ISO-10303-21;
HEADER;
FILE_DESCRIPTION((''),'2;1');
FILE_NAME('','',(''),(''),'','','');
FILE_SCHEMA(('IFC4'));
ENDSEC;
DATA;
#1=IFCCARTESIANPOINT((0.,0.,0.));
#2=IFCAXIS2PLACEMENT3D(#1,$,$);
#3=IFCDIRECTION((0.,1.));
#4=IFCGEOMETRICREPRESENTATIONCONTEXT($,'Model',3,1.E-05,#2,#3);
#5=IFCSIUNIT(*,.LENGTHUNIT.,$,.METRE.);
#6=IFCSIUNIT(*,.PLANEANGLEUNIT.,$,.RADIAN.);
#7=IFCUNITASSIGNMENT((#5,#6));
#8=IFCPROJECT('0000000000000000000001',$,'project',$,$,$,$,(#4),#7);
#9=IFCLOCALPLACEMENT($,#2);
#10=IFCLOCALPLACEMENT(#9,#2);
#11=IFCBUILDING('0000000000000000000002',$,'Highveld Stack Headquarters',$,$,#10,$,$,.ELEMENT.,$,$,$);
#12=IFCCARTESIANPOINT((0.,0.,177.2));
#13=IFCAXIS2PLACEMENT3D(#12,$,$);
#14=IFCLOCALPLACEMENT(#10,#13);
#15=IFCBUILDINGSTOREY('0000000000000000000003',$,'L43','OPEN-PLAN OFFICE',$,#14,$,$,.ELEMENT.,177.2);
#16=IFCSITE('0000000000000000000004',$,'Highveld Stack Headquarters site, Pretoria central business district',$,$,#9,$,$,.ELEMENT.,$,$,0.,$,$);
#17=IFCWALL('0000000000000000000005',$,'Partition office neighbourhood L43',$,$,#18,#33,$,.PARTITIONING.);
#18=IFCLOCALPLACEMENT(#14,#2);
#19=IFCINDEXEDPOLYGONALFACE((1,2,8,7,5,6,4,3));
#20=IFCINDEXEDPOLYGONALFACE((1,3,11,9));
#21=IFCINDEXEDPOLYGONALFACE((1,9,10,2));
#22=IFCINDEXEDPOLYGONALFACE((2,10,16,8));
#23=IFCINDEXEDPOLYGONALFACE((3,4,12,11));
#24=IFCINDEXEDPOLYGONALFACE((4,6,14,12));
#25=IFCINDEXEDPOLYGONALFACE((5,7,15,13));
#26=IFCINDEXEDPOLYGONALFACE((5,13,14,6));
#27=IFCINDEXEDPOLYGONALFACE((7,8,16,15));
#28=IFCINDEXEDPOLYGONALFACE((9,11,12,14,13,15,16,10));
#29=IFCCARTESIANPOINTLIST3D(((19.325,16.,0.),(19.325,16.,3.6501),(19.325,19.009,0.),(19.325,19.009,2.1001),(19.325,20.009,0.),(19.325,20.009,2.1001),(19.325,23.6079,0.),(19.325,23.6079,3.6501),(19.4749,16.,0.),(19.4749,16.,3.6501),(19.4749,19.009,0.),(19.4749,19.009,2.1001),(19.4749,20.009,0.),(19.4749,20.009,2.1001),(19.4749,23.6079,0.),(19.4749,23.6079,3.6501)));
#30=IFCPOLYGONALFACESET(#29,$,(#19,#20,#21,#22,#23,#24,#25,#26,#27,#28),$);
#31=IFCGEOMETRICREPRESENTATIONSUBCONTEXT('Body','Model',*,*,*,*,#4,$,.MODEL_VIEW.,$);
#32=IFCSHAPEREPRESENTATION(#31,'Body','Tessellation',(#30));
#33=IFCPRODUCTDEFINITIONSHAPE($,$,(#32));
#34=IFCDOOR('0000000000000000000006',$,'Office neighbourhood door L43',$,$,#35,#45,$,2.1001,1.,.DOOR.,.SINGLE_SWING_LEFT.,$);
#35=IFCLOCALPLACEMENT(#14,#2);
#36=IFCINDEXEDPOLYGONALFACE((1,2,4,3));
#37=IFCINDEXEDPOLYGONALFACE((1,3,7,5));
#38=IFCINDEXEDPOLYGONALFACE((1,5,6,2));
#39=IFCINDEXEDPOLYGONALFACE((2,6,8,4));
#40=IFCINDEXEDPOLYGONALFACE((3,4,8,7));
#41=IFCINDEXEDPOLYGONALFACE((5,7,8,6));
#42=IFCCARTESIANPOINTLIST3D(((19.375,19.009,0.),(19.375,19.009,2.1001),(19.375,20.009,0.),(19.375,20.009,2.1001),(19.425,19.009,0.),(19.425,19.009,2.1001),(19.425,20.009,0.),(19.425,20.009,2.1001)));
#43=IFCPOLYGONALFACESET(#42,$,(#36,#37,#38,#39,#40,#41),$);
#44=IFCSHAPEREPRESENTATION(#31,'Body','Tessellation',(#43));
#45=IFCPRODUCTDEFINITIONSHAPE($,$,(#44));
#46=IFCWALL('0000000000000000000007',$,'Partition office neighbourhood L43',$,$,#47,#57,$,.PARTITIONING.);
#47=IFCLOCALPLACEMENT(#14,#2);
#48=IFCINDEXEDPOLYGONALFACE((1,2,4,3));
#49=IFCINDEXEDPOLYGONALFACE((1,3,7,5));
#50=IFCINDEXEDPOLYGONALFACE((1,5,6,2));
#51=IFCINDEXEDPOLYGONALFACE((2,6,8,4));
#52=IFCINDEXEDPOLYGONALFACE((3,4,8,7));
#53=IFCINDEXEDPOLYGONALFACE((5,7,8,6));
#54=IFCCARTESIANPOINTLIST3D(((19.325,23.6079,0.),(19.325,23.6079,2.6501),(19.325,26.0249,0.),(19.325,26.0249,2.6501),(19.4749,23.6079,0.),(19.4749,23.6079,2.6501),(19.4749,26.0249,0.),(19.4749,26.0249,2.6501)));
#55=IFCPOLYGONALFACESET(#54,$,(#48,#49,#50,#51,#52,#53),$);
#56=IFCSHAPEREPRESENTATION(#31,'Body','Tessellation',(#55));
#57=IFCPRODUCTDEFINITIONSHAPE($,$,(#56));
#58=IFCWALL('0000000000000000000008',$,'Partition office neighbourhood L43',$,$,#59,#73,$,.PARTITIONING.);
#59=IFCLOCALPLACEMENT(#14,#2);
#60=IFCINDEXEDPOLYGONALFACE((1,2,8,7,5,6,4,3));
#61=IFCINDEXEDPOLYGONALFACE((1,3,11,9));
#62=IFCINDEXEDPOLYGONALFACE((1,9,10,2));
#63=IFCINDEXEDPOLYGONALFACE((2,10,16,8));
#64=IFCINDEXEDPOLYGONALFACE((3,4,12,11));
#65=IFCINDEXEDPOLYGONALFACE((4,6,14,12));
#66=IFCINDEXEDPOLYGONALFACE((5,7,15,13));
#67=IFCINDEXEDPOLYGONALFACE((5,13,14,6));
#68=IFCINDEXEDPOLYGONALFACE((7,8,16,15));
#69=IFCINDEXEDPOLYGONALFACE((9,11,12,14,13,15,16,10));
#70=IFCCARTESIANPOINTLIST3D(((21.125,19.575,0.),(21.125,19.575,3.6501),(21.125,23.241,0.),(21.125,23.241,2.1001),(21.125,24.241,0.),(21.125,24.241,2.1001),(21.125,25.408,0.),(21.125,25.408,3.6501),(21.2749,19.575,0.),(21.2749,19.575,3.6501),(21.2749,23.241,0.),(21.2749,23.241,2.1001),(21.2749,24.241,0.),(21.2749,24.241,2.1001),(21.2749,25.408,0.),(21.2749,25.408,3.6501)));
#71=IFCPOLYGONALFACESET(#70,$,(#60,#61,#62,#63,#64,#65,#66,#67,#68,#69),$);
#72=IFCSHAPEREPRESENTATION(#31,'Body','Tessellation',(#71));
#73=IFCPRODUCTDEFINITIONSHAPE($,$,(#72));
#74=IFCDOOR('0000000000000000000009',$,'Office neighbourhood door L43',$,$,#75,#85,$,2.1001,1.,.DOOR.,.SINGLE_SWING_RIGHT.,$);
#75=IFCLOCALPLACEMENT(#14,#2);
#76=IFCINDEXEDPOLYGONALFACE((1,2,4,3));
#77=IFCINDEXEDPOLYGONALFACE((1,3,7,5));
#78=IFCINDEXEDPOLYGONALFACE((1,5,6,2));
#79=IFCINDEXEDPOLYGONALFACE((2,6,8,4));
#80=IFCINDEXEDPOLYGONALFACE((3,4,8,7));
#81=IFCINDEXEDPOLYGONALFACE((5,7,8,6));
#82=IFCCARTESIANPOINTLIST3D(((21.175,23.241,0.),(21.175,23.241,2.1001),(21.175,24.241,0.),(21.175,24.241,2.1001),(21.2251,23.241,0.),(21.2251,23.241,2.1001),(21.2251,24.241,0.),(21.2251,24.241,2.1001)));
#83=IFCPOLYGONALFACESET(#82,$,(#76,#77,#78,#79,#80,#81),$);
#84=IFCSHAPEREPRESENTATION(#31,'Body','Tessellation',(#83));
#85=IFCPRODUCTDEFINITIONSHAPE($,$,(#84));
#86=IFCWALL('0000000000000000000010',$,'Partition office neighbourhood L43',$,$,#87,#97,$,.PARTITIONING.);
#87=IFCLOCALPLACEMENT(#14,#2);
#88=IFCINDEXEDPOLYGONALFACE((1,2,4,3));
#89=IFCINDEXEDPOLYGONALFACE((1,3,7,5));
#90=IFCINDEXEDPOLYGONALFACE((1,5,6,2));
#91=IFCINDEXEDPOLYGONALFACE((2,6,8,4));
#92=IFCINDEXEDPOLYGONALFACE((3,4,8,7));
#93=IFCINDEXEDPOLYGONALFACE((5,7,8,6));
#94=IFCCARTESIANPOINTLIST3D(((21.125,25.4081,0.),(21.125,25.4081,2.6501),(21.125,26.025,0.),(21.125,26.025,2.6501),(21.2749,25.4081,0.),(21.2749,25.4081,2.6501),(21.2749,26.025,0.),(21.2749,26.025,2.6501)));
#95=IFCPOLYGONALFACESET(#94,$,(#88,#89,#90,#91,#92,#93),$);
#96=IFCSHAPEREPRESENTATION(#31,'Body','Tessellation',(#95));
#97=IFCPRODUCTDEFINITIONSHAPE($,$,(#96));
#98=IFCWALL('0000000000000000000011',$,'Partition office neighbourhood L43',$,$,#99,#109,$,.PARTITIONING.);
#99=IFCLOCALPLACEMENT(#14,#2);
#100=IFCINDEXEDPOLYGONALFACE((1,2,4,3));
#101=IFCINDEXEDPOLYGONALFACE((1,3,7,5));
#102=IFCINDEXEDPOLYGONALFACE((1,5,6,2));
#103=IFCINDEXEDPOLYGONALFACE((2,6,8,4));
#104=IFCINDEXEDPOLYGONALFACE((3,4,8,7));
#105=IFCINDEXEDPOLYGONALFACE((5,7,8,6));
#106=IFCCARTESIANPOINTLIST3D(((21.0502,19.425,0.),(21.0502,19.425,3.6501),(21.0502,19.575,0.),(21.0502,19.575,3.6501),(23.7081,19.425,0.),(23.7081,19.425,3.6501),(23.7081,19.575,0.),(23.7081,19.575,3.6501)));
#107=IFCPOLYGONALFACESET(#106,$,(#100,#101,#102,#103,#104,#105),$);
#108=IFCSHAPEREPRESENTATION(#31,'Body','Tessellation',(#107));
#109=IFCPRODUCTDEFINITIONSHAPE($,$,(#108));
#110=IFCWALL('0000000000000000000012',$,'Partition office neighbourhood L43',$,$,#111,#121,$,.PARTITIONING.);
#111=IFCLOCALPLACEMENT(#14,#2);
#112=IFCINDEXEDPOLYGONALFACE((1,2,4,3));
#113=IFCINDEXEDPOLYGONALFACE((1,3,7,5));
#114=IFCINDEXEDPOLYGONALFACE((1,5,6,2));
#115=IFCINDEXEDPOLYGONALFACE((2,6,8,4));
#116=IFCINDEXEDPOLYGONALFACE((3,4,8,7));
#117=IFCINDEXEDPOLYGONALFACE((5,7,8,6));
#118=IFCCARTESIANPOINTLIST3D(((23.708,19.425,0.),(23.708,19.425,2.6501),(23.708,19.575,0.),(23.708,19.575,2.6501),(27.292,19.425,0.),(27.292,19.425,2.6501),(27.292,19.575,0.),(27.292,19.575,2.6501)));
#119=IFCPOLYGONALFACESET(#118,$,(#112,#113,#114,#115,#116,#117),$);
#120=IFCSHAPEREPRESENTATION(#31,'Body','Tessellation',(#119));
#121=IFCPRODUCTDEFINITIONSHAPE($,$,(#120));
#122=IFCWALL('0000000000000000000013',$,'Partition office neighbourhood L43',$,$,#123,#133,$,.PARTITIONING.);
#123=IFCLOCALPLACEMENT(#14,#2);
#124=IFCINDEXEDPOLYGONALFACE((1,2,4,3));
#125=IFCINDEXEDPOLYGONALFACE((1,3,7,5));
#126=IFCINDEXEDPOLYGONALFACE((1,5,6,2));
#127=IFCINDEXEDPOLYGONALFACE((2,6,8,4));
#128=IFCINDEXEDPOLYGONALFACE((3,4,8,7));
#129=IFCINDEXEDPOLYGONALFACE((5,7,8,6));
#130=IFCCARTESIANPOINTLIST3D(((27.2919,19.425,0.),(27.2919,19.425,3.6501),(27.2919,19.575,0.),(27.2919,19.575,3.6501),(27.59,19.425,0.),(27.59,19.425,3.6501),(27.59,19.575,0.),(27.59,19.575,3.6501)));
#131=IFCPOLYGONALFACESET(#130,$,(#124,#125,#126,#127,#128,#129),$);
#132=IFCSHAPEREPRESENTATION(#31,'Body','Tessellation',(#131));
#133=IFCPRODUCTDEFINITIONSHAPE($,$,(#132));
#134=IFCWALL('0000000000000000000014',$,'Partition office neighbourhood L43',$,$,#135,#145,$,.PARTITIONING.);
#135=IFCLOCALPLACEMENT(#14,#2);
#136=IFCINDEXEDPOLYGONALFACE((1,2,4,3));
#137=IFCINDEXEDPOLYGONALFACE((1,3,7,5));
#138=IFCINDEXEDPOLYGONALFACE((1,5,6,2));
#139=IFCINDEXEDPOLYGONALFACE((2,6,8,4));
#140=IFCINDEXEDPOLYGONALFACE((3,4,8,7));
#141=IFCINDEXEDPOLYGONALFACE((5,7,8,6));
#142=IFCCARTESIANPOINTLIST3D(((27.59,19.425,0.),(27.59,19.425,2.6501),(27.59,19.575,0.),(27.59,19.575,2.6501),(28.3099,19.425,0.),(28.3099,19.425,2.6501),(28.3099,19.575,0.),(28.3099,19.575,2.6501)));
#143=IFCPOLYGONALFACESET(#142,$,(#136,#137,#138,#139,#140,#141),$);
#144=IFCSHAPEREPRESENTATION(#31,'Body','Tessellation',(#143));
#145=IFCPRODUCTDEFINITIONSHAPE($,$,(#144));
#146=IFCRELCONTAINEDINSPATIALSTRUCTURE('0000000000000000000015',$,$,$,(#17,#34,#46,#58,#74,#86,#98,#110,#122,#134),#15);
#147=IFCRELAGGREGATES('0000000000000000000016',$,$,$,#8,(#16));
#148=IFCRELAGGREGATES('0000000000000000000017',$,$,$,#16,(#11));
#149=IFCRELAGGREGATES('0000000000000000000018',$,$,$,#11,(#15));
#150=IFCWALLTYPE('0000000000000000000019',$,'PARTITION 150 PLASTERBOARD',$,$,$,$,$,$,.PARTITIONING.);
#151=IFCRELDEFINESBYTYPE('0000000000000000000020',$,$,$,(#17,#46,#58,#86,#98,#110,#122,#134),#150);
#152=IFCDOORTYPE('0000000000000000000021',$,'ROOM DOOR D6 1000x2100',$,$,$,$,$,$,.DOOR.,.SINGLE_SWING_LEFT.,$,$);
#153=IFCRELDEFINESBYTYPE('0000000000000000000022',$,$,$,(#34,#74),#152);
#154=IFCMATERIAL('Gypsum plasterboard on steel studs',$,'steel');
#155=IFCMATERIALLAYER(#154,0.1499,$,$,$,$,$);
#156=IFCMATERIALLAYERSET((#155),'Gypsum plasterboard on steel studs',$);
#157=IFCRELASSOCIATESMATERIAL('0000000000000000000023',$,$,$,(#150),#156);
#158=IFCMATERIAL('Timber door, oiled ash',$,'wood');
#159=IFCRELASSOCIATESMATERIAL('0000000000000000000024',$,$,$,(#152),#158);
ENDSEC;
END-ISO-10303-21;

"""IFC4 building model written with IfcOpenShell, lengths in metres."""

from ifc_helpers import new_model, si_unit, direction, frame, frame_2d, origin, place, context, subcontext, project, spatial, rectangle, extrude, material, layer, layer_set, type_object, element, fill, save


model = new_model("IFC4")

# Units and contexts
model_context = context("Model", 3, precision=1e-05, world=origin(), true_north=direction((0.0, 1.0)))
body_context = subcontext(model_context, "Body", "Model", "MODEL_VIEW")
ifc_project = project(units=[si_unit("LENGTHUNIT", "METRE"), si_unit("PLANEANGLEUNIT", "RADIAN")], contexts=[model_context])

# Site, building, storey
site_placement = place(None, origin())
site = spatial("IfcSite", under=ifc_project, at=site_placement, Name="Highveld Stack Headquarters site, Pretoria central business district", CompositionType="ELEMENT", RefElevation=0.0)
building_placement = place(site_placement, origin())
building = spatial("IfcBuilding", under=site, at=building_placement, Name="Highveld Stack Headquarters", CompositionType="ELEMENT")
storey_placement = place(building_placement, frame((0.0, 0.0, 177.2)))
storey = spatial("IfcBuildingStorey", under=building, at=storey_placement, Name="L43", Description="OPEN-PLAN OFFICE", CompositionType="ELEMENT", Elevation=177.2)

# Shared definitions
ifc_material_1 = material(Name="Gypsum plasterboard on steel studs", Category="steel")
ifc_layer_1 = layer(ifc_material_1, 0.1499)
ifc_layer_set_1 = layer_set([ifc_layer_1], Name="Gypsum plasterboard on steel studs")
wall_type_1 = type_object("IfcWallType", Name="PARTITION 150 PLASTERBOARD", PredefinedType="PARTITIONING", material=ifc_layer_set_1)

# Wall, opening, door
wall_1_placement = place(storey_placement, frame((19.3999, 16.0, 0.0), z_axis=(0.0, 0.0, 1.0), x_axis=(0.0, 1.0, 0.0)))
wall_1 = element("IfcWall", 1, at=wall_1_placement, inside=storey, type_object=wall_type_1, Name="Partition office neighbourhood L43", PredefinedType="PARTITIONING", context=body_context, shape_type="SweptSolid", body=[
    extrude(rectangle(XDim=7.6079, YDim=0.1499, at=frame_2d((3.804, 0.0))), origin(), (0.0, 0.0, 1.0), 3.6501),
])
opening_1_placement = place(wall_1_placement, frame((3.009, 0.0, 0.0)))
opening_1 = element("IfcOpeningElement", 2, at=opening_1_placement, cuts=wall_1, PredefinedType="OPENING", context=body_context, shape_type="SweptSolid", body=[
    extrude(rectangle(XDim=1.0, YDim=2.1001, at=frame_2d((0.5, 1.05))), frame((0.0, 0.085, 0.0), z_axis=(0.0, -1.0, 0.0), x_axis=(1.0, 0.0, 0.0)), (0.0, 0.0, 1.0), 0.1699),
])
ifc_material_2 = material(Name="Timber door, oiled ash", Category="wood")
door_type = type_object("IfcDoorType", Name="ROOM DOOR D6 1000x2100", OperationType="SINGLE_SWING_LEFT", PredefinedType="DOOR", material=ifc_material_2)
door_1_placement = place(opening_1_placement, origin())
door_1 = element("IfcDoor", 3, at=door_1_placement, inside=storey, type_object=door_type, Name="Office neighbourhood door L43", OperationType="SINGLE_SWING_LEFT", OverallHeight=2.1001, OverallWidth=1.0, PredefinedType="DOOR", context=body_context, shape_type="SweptSolid", body=[
    extrude(rectangle(XDim=1.0, YDim=2.1001, at=frame_2d((0.5, 1.05))), frame((0.0, 0.0249, 0.0), z_axis=(0.0, -1.0, 0.0), x_axis=(1.0, 0.0, 0.0)), (0.0, 0.0, 1.0), 0.05),
])
fill(opening_1, door_1)

# Wall
wall_2_placement = place(storey_placement, frame((19.3999, 23.6079, 0.0), z_axis=(0.0, 0.0, 1.0), x_axis=(0.0, 1.0, 0.0)))
element("IfcWall", 4, at=wall_2_placement, inside=storey, type_object=wall_type_1, Name="Partition office neighbourhood L43", PredefinedType="PARTITIONING", context=body_context, shape_type="SweptSolid", body=[
    extrude(rectangle(XDim=2.417, YDim=0.1499, at=frame_2d((1.2085, 0.0))), origin(), (0.0, 0.0, 1.0), 2.6501),
])

# Wall, opening, door
wall_3_placement = place(storey_placement, frame((21.2, 19.575, 0.0), z_axis=(0.0, 0.0, 1.0), x_axis=(0.0, 1.0, 0.0)))
wall_3 = element("IfcWall", 5, at=wall_3_placement, inside=storey, type_object=wall_type_1, Name="Partition office neighbourhood L43", PredefinedType="PARTITIONING", context=body_context, shape_type="SweptSolid", body=[
    extrude(rectangle(XDim=5.833, YDim=0.1499, at=frame_2d((2.9165, 0.0))), origin(), (0.0, 0.0, 1.0), 3.6501),
])
opening_2_placement = place(wall_3_placement, frame((3.666, 0.0, 0.0)))
opening_2 = element("IfcOpeningElement", 6, at=opening_2_placement, cuts=wall_3, PredefinedType="OPENING", context=body_context, shape_type="SweptSolid", body=[
    extrude(rectangle(XDim=1.0, YDim=2.1001, at=frame_2d((0.5, 1.05))), frame((0.0, 0.085, 0.0), z_axis=(0.0, -1.0, 0.0), x_axis=(1.0, 0.0, 0.0)), (0.0, 0.0, 1.0), 0.1699),
])
door_2_placement = place(opening_2_placement, origin())
door_2 = element("IfcDoor", 7, at=door_2_placement, inside=storey, type_object=door_type, Name="Office neighbourhood door L43", OperationType="SINGLE_SWING_RIGHT", OverallHeight=2.1001, OverallWidth=1.0, PredefinedType="DOOR", context=body_context, shape_type="SweptSolid", body=[
    extrude(rectangle(XDim=1.0, YDim=2.1001, at=frame_2d((0.5, 1.05))), frame((0.0, 0.0249, 0.0), z_axis=(0.0, -1.0, 0.0), x_axis=(1.0, 0.0, 0.0)), (0.0, 0.0, 1.0), 0.05),
])
fill(opening_2, door_2)

# Walls
wall_4_placement = place(storey_placement, frame((21.2, 25.408, 0.0), z_axis=(0.0, 0.0, 1.0), x_axis=(0.0, 1.0, 0.0)))
element("IfcWall", 8, at=wall_4_placement, inside=storey, type_object=wall_type_1, Name="Partition office neighbourhood L43", PredefinedType="PARTITIONING", context=body_context, shape_type="SweptSolid", body=[
    extrude(rectangle(XDim=0.6169, YDim=0.1499, at=frame_2d((0.3086, 0.0))), origin(), (0.0, 0.0, 1.0), 2.6501),
])
wall_5_placement = place(storey_placement, frame((21.05, 19.5, 0.0), z_axis=(0.0, 0.0, 1.0), x_axis=(1.0, 0.0, 0.0)))
element("IfcWall", 9, at=wall_5_placement, inside=storey, type_object=wall_type_1, Name="Partition office neighbourhood L43", PredefinedType="PARTITIONING", context=body_context, shape_type="SweptSolid", body=[
    extrude(rectangle(XDim=2.658, YDim=0.1499, at=frame_2d((1.3291, 0.0))), origin(), (0.0, 0.0, 1.0), 3.6501),
])
wall_6_placement = place(storey_placement, frame((23.708, 19.5, 0.0), z_axis=(0.0, 0.0, 1.0), x_axis=(1.0, 0.0, 0.0)))
element("IfcWall", 10, at=wall_6_placement, inside=storey, type_object=wall_type_1, Name="Partition office neighbourhood L43", PredefinedType="PARTITIONING", context=body_context, shape_type="SweptSolid", body=[
    extrude(rectangle(XDim=3.584, YDim=0.1499, at=frame_2d((1.792, 0.0))), origin(), (0.0, 0.0, 1.0), 2.6501),
])
wall_7_placement = place(storey_placement, frame((27.292, 19.5, 0.0), z_axis=(0.0, 0.0, 1.0), x_axis=(1.0, 0.0, 0.0)))
element("IfcWall", 11, at=wall_7_placement, inside=storey, type_object=wall_type_1, Name="Partition office neighbourhood L43", PredefinedType="PARTITIONING", context=body_context, shape_type="SweptSolid", body=[
    extrude(rectangle(XDim=0.2981, YDim=0.1499, at=frame_2d((0.1489, 0.0))), origin(), (0.0, 0.0, 1.0), 3.6501),
])
wall_8_placement = place(storey_placement, frame((27.5901, 19.5, 0.0), z_axis=(0.0, 0.0, 1.0), x_axis=(1.0, 0.0, 0.0)))
element("IfcWall", 12, at=wall_8_placement, inside=storey, type_object=wall_type_1, Name="Partition office neighbourhood L43", PredefinedType="PARTITIONING", context=body_context, shape_type="SweptSolid", body=[
    extrude(rectangle(XDim=0.72, YDim=0.1499, at=frame_2d((0.3599, 0.0))), origin(), (0.0, 0.0, 1.0), 2.6501),
])

save(model, "model.ifc")
